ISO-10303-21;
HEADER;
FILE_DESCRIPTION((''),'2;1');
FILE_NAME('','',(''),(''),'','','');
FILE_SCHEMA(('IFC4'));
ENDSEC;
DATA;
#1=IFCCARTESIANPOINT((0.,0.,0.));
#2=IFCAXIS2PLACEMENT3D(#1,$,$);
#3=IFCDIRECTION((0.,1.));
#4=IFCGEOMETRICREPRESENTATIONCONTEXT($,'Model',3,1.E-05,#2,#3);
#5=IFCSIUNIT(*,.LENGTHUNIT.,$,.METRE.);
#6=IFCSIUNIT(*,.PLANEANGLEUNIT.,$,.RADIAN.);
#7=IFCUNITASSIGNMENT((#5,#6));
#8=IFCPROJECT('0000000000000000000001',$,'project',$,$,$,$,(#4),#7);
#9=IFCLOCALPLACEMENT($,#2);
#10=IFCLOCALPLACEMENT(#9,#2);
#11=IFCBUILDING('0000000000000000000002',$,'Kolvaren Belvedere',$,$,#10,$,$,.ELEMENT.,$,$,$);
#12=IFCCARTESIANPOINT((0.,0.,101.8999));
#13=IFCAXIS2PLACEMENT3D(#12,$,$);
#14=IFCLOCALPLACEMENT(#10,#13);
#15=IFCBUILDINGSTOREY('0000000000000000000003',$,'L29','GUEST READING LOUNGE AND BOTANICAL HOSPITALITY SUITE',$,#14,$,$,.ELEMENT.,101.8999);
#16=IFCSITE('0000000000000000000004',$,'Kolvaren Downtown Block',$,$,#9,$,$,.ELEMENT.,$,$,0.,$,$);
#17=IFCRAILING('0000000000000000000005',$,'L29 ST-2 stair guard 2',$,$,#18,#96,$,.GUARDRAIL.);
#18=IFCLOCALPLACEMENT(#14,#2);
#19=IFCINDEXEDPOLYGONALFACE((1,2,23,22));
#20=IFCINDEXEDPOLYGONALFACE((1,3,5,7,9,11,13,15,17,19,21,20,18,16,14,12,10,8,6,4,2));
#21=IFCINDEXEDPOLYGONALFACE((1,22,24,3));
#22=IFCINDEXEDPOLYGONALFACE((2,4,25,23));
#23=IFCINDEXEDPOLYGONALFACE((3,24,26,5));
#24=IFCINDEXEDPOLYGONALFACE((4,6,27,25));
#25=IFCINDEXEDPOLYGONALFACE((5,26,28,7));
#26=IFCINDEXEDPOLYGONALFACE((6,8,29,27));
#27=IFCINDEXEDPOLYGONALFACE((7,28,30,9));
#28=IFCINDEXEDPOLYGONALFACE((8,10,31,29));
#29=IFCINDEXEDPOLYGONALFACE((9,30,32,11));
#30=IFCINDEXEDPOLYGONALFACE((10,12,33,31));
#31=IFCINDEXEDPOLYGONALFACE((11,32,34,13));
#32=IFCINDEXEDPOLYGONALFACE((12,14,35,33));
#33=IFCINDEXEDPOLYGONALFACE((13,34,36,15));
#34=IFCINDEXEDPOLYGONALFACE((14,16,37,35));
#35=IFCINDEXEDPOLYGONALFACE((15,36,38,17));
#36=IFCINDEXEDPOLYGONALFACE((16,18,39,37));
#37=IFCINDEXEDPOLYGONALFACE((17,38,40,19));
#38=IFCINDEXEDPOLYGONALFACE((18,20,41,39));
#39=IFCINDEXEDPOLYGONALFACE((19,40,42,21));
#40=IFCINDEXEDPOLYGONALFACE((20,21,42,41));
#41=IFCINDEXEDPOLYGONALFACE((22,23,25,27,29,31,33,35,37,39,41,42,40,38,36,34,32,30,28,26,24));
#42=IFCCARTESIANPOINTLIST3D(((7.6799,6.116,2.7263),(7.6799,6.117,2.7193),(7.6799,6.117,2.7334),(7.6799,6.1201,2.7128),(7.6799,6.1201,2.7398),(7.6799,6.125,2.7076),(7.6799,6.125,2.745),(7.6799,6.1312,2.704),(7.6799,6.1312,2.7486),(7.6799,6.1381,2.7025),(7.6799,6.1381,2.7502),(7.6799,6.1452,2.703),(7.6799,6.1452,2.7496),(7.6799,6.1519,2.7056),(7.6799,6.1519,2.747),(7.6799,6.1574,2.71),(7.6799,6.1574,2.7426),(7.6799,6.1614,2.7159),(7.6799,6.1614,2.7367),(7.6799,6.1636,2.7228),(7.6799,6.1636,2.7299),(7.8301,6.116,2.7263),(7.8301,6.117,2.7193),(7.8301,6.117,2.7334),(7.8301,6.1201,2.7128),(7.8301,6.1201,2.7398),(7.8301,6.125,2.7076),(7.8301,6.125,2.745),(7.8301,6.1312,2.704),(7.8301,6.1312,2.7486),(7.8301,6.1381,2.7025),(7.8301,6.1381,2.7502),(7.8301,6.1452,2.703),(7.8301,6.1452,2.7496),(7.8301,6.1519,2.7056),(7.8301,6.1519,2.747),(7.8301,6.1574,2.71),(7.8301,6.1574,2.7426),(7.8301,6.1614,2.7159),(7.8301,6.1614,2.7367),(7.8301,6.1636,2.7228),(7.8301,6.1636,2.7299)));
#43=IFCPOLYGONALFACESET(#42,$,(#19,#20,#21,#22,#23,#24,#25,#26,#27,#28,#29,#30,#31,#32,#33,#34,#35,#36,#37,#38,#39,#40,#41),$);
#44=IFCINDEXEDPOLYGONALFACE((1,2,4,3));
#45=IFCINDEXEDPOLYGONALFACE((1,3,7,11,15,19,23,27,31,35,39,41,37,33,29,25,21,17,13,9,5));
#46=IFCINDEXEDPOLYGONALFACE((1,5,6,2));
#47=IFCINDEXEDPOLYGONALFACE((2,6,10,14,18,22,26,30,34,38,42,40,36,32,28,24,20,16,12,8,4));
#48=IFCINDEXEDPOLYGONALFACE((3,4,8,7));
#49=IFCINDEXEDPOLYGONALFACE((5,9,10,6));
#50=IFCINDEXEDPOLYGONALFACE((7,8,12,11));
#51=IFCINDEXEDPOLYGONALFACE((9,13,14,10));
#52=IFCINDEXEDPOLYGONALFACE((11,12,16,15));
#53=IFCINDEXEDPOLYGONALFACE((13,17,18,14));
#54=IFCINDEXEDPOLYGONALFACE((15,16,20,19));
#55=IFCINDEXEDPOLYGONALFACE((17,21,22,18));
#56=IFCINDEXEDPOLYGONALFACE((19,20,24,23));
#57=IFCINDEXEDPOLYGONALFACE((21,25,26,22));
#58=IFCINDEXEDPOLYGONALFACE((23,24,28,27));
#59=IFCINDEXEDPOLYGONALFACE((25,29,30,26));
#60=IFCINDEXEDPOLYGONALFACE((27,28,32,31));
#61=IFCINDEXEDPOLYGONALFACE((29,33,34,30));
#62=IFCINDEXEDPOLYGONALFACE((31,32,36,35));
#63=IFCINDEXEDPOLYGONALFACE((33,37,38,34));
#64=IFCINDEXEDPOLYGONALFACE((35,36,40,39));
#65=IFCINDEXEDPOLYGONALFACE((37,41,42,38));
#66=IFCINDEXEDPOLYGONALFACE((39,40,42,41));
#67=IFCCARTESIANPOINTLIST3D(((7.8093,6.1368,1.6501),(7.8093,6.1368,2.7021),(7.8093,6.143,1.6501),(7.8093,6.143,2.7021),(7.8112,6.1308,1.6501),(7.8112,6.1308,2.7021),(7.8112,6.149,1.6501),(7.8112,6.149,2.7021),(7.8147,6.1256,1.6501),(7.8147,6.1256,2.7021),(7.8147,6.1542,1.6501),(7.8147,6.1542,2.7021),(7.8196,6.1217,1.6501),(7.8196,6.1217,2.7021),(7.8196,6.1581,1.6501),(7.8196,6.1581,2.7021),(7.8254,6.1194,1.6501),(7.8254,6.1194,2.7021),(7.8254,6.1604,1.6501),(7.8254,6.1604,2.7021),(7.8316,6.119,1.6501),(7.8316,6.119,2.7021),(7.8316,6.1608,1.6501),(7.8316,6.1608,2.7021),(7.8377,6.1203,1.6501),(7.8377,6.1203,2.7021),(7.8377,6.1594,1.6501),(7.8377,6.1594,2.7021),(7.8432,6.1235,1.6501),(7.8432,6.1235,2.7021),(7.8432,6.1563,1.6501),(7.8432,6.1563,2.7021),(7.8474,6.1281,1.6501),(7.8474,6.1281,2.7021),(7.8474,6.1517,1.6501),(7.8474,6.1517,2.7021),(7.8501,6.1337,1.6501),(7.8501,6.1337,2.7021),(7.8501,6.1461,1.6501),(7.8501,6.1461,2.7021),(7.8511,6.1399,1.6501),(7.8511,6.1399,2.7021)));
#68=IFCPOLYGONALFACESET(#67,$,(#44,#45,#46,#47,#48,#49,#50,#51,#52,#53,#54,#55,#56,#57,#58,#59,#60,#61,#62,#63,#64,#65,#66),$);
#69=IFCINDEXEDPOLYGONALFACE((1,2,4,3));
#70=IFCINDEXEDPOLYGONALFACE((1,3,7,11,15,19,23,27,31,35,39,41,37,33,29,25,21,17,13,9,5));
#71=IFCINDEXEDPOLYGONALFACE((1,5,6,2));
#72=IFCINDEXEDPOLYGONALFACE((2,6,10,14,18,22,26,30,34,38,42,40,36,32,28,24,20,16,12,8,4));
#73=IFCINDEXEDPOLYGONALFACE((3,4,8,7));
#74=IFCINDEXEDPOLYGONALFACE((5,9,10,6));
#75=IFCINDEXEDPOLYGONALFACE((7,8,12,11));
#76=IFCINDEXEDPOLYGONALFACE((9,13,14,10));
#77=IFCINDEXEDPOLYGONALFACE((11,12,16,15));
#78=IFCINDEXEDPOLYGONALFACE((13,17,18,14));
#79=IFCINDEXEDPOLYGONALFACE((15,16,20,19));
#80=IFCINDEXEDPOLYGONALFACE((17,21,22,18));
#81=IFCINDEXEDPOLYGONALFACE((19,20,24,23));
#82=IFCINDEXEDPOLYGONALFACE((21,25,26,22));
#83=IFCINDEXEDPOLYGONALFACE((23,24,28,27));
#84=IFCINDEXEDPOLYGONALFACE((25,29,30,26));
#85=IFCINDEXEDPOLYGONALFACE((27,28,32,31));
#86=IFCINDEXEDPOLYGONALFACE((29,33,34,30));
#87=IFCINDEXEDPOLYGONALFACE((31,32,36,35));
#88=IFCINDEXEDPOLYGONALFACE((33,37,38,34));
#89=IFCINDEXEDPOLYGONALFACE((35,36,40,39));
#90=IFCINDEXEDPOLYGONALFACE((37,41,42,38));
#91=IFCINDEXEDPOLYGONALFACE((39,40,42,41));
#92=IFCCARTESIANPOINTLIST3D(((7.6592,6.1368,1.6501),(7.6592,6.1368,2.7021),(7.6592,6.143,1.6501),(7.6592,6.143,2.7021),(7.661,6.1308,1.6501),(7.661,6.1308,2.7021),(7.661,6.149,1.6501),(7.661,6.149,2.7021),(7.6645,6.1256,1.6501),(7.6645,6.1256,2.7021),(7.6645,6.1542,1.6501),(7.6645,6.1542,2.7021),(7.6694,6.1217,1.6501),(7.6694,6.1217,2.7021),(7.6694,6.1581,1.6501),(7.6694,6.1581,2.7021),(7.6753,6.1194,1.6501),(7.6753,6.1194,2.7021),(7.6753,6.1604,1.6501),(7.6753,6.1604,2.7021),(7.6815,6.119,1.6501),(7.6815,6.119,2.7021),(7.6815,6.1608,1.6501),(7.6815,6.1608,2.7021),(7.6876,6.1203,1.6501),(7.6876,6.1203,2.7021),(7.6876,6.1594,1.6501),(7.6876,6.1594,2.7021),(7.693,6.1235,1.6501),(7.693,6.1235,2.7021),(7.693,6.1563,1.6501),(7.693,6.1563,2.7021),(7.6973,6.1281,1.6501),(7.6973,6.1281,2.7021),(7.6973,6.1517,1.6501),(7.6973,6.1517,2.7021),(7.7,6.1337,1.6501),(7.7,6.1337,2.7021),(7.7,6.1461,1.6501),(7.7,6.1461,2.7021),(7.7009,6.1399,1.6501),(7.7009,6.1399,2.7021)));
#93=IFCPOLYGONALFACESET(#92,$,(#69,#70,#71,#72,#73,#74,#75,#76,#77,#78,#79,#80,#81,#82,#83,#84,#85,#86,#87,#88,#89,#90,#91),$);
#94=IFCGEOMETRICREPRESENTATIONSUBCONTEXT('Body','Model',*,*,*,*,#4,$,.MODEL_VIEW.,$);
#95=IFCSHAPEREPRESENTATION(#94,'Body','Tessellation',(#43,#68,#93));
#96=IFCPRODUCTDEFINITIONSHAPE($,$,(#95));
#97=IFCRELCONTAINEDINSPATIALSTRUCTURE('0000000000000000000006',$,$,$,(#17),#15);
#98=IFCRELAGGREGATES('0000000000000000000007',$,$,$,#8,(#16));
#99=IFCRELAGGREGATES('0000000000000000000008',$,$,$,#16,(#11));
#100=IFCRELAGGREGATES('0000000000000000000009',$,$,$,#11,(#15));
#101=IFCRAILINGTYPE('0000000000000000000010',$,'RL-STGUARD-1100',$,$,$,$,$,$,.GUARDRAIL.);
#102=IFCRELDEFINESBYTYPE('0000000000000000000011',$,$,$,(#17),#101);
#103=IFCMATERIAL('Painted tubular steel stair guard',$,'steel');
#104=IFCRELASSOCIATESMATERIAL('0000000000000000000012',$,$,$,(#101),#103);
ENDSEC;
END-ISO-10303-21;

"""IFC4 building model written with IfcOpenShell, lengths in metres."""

from ifc_helpers import new_model, si_unit, direction, frame, origin, origin_2d, place, context, subcontext, project, spatial, circle, extrude, material, type_object, element, save


model = new_model("IFC4")

# Units and contexts
model_context = context("Model", 3, precision=1e-05, world=origin(), true_north=direction((0.0, 1.0)))
body_context = subcontext(model_context, "Body", "Model", "MODEL_VIEW")
ifc_project = project(units=[si_unit("LENGTHUNIT", "METRE"), si_unit("PLANEANGLEUNIT", "RADIAN")], contexts=[model_context])

# Site, building, storey
site_placement = place(None, origin())
site = spatial("IfcSite", under=ifc_project, at=site_placement, Name="Kolvaren Downtown Block", CompositionType="ELEMENT", RefElevation=0.0)
building_placement = place(site_placement, origin())
building = spatial("IfcBuilding", under=site, at=building_placement, Name="Kolvaren Belvedere", CompositionType="ELEMENT")
storey_placement = place(building_placement, frame((0.0, 0.0, 101.8999)))
storey = spatial("IfcBuildingStorey", under=building, at=storey_placement, Name="L29", Description="GUEST READING LOUNGE AND BOTANICAL HOSPITALITY SUITE", CompositionType="ELEMENT", Elevation=101.8999)

# Railing
ifc_material_1 = material(Name="Painted tubular steel stair guard", Category="steel")
railing_type_1 = type_object("IfcRailingType", Name="RL-STGUARD-1100", PredefinedType="GUARDRAIL", material=ifc_material_1)
railing_1_placement = place(storey_placement, frame((7.8301, 6.1399, 1.6501)))
element("IfcRailing", 1, at=railing_1_placement, inside=storey, type_object=railing_type_1, Name="L29 ST-2 stair guard 2", PredefinedType="GUARDRAIL", context=body_context, shape_type="SweptSolid", body=[
    extrude(circle(Radius=0.0239, at=origin_2d()), frame((0.0, 0.0, 1.0762), z_axis=(-1.0, 0.0, 0.0), x_axis=(0.0, -1.0, 0.0)), (0.0, 0.0, 1.0), 0.1501),
    extrude(circle(Radius=0.021, at=origin_2d()), origin(), (0.0, 0.0, 1.0), 1.052),
    extrude(circle(Radius=0.021, at=origin_2d()), frame((-0.1501, 0.0, 0.0)), (0.0, 0.0, 1.0), 1.052),
])

save(model, "model.ifc")
